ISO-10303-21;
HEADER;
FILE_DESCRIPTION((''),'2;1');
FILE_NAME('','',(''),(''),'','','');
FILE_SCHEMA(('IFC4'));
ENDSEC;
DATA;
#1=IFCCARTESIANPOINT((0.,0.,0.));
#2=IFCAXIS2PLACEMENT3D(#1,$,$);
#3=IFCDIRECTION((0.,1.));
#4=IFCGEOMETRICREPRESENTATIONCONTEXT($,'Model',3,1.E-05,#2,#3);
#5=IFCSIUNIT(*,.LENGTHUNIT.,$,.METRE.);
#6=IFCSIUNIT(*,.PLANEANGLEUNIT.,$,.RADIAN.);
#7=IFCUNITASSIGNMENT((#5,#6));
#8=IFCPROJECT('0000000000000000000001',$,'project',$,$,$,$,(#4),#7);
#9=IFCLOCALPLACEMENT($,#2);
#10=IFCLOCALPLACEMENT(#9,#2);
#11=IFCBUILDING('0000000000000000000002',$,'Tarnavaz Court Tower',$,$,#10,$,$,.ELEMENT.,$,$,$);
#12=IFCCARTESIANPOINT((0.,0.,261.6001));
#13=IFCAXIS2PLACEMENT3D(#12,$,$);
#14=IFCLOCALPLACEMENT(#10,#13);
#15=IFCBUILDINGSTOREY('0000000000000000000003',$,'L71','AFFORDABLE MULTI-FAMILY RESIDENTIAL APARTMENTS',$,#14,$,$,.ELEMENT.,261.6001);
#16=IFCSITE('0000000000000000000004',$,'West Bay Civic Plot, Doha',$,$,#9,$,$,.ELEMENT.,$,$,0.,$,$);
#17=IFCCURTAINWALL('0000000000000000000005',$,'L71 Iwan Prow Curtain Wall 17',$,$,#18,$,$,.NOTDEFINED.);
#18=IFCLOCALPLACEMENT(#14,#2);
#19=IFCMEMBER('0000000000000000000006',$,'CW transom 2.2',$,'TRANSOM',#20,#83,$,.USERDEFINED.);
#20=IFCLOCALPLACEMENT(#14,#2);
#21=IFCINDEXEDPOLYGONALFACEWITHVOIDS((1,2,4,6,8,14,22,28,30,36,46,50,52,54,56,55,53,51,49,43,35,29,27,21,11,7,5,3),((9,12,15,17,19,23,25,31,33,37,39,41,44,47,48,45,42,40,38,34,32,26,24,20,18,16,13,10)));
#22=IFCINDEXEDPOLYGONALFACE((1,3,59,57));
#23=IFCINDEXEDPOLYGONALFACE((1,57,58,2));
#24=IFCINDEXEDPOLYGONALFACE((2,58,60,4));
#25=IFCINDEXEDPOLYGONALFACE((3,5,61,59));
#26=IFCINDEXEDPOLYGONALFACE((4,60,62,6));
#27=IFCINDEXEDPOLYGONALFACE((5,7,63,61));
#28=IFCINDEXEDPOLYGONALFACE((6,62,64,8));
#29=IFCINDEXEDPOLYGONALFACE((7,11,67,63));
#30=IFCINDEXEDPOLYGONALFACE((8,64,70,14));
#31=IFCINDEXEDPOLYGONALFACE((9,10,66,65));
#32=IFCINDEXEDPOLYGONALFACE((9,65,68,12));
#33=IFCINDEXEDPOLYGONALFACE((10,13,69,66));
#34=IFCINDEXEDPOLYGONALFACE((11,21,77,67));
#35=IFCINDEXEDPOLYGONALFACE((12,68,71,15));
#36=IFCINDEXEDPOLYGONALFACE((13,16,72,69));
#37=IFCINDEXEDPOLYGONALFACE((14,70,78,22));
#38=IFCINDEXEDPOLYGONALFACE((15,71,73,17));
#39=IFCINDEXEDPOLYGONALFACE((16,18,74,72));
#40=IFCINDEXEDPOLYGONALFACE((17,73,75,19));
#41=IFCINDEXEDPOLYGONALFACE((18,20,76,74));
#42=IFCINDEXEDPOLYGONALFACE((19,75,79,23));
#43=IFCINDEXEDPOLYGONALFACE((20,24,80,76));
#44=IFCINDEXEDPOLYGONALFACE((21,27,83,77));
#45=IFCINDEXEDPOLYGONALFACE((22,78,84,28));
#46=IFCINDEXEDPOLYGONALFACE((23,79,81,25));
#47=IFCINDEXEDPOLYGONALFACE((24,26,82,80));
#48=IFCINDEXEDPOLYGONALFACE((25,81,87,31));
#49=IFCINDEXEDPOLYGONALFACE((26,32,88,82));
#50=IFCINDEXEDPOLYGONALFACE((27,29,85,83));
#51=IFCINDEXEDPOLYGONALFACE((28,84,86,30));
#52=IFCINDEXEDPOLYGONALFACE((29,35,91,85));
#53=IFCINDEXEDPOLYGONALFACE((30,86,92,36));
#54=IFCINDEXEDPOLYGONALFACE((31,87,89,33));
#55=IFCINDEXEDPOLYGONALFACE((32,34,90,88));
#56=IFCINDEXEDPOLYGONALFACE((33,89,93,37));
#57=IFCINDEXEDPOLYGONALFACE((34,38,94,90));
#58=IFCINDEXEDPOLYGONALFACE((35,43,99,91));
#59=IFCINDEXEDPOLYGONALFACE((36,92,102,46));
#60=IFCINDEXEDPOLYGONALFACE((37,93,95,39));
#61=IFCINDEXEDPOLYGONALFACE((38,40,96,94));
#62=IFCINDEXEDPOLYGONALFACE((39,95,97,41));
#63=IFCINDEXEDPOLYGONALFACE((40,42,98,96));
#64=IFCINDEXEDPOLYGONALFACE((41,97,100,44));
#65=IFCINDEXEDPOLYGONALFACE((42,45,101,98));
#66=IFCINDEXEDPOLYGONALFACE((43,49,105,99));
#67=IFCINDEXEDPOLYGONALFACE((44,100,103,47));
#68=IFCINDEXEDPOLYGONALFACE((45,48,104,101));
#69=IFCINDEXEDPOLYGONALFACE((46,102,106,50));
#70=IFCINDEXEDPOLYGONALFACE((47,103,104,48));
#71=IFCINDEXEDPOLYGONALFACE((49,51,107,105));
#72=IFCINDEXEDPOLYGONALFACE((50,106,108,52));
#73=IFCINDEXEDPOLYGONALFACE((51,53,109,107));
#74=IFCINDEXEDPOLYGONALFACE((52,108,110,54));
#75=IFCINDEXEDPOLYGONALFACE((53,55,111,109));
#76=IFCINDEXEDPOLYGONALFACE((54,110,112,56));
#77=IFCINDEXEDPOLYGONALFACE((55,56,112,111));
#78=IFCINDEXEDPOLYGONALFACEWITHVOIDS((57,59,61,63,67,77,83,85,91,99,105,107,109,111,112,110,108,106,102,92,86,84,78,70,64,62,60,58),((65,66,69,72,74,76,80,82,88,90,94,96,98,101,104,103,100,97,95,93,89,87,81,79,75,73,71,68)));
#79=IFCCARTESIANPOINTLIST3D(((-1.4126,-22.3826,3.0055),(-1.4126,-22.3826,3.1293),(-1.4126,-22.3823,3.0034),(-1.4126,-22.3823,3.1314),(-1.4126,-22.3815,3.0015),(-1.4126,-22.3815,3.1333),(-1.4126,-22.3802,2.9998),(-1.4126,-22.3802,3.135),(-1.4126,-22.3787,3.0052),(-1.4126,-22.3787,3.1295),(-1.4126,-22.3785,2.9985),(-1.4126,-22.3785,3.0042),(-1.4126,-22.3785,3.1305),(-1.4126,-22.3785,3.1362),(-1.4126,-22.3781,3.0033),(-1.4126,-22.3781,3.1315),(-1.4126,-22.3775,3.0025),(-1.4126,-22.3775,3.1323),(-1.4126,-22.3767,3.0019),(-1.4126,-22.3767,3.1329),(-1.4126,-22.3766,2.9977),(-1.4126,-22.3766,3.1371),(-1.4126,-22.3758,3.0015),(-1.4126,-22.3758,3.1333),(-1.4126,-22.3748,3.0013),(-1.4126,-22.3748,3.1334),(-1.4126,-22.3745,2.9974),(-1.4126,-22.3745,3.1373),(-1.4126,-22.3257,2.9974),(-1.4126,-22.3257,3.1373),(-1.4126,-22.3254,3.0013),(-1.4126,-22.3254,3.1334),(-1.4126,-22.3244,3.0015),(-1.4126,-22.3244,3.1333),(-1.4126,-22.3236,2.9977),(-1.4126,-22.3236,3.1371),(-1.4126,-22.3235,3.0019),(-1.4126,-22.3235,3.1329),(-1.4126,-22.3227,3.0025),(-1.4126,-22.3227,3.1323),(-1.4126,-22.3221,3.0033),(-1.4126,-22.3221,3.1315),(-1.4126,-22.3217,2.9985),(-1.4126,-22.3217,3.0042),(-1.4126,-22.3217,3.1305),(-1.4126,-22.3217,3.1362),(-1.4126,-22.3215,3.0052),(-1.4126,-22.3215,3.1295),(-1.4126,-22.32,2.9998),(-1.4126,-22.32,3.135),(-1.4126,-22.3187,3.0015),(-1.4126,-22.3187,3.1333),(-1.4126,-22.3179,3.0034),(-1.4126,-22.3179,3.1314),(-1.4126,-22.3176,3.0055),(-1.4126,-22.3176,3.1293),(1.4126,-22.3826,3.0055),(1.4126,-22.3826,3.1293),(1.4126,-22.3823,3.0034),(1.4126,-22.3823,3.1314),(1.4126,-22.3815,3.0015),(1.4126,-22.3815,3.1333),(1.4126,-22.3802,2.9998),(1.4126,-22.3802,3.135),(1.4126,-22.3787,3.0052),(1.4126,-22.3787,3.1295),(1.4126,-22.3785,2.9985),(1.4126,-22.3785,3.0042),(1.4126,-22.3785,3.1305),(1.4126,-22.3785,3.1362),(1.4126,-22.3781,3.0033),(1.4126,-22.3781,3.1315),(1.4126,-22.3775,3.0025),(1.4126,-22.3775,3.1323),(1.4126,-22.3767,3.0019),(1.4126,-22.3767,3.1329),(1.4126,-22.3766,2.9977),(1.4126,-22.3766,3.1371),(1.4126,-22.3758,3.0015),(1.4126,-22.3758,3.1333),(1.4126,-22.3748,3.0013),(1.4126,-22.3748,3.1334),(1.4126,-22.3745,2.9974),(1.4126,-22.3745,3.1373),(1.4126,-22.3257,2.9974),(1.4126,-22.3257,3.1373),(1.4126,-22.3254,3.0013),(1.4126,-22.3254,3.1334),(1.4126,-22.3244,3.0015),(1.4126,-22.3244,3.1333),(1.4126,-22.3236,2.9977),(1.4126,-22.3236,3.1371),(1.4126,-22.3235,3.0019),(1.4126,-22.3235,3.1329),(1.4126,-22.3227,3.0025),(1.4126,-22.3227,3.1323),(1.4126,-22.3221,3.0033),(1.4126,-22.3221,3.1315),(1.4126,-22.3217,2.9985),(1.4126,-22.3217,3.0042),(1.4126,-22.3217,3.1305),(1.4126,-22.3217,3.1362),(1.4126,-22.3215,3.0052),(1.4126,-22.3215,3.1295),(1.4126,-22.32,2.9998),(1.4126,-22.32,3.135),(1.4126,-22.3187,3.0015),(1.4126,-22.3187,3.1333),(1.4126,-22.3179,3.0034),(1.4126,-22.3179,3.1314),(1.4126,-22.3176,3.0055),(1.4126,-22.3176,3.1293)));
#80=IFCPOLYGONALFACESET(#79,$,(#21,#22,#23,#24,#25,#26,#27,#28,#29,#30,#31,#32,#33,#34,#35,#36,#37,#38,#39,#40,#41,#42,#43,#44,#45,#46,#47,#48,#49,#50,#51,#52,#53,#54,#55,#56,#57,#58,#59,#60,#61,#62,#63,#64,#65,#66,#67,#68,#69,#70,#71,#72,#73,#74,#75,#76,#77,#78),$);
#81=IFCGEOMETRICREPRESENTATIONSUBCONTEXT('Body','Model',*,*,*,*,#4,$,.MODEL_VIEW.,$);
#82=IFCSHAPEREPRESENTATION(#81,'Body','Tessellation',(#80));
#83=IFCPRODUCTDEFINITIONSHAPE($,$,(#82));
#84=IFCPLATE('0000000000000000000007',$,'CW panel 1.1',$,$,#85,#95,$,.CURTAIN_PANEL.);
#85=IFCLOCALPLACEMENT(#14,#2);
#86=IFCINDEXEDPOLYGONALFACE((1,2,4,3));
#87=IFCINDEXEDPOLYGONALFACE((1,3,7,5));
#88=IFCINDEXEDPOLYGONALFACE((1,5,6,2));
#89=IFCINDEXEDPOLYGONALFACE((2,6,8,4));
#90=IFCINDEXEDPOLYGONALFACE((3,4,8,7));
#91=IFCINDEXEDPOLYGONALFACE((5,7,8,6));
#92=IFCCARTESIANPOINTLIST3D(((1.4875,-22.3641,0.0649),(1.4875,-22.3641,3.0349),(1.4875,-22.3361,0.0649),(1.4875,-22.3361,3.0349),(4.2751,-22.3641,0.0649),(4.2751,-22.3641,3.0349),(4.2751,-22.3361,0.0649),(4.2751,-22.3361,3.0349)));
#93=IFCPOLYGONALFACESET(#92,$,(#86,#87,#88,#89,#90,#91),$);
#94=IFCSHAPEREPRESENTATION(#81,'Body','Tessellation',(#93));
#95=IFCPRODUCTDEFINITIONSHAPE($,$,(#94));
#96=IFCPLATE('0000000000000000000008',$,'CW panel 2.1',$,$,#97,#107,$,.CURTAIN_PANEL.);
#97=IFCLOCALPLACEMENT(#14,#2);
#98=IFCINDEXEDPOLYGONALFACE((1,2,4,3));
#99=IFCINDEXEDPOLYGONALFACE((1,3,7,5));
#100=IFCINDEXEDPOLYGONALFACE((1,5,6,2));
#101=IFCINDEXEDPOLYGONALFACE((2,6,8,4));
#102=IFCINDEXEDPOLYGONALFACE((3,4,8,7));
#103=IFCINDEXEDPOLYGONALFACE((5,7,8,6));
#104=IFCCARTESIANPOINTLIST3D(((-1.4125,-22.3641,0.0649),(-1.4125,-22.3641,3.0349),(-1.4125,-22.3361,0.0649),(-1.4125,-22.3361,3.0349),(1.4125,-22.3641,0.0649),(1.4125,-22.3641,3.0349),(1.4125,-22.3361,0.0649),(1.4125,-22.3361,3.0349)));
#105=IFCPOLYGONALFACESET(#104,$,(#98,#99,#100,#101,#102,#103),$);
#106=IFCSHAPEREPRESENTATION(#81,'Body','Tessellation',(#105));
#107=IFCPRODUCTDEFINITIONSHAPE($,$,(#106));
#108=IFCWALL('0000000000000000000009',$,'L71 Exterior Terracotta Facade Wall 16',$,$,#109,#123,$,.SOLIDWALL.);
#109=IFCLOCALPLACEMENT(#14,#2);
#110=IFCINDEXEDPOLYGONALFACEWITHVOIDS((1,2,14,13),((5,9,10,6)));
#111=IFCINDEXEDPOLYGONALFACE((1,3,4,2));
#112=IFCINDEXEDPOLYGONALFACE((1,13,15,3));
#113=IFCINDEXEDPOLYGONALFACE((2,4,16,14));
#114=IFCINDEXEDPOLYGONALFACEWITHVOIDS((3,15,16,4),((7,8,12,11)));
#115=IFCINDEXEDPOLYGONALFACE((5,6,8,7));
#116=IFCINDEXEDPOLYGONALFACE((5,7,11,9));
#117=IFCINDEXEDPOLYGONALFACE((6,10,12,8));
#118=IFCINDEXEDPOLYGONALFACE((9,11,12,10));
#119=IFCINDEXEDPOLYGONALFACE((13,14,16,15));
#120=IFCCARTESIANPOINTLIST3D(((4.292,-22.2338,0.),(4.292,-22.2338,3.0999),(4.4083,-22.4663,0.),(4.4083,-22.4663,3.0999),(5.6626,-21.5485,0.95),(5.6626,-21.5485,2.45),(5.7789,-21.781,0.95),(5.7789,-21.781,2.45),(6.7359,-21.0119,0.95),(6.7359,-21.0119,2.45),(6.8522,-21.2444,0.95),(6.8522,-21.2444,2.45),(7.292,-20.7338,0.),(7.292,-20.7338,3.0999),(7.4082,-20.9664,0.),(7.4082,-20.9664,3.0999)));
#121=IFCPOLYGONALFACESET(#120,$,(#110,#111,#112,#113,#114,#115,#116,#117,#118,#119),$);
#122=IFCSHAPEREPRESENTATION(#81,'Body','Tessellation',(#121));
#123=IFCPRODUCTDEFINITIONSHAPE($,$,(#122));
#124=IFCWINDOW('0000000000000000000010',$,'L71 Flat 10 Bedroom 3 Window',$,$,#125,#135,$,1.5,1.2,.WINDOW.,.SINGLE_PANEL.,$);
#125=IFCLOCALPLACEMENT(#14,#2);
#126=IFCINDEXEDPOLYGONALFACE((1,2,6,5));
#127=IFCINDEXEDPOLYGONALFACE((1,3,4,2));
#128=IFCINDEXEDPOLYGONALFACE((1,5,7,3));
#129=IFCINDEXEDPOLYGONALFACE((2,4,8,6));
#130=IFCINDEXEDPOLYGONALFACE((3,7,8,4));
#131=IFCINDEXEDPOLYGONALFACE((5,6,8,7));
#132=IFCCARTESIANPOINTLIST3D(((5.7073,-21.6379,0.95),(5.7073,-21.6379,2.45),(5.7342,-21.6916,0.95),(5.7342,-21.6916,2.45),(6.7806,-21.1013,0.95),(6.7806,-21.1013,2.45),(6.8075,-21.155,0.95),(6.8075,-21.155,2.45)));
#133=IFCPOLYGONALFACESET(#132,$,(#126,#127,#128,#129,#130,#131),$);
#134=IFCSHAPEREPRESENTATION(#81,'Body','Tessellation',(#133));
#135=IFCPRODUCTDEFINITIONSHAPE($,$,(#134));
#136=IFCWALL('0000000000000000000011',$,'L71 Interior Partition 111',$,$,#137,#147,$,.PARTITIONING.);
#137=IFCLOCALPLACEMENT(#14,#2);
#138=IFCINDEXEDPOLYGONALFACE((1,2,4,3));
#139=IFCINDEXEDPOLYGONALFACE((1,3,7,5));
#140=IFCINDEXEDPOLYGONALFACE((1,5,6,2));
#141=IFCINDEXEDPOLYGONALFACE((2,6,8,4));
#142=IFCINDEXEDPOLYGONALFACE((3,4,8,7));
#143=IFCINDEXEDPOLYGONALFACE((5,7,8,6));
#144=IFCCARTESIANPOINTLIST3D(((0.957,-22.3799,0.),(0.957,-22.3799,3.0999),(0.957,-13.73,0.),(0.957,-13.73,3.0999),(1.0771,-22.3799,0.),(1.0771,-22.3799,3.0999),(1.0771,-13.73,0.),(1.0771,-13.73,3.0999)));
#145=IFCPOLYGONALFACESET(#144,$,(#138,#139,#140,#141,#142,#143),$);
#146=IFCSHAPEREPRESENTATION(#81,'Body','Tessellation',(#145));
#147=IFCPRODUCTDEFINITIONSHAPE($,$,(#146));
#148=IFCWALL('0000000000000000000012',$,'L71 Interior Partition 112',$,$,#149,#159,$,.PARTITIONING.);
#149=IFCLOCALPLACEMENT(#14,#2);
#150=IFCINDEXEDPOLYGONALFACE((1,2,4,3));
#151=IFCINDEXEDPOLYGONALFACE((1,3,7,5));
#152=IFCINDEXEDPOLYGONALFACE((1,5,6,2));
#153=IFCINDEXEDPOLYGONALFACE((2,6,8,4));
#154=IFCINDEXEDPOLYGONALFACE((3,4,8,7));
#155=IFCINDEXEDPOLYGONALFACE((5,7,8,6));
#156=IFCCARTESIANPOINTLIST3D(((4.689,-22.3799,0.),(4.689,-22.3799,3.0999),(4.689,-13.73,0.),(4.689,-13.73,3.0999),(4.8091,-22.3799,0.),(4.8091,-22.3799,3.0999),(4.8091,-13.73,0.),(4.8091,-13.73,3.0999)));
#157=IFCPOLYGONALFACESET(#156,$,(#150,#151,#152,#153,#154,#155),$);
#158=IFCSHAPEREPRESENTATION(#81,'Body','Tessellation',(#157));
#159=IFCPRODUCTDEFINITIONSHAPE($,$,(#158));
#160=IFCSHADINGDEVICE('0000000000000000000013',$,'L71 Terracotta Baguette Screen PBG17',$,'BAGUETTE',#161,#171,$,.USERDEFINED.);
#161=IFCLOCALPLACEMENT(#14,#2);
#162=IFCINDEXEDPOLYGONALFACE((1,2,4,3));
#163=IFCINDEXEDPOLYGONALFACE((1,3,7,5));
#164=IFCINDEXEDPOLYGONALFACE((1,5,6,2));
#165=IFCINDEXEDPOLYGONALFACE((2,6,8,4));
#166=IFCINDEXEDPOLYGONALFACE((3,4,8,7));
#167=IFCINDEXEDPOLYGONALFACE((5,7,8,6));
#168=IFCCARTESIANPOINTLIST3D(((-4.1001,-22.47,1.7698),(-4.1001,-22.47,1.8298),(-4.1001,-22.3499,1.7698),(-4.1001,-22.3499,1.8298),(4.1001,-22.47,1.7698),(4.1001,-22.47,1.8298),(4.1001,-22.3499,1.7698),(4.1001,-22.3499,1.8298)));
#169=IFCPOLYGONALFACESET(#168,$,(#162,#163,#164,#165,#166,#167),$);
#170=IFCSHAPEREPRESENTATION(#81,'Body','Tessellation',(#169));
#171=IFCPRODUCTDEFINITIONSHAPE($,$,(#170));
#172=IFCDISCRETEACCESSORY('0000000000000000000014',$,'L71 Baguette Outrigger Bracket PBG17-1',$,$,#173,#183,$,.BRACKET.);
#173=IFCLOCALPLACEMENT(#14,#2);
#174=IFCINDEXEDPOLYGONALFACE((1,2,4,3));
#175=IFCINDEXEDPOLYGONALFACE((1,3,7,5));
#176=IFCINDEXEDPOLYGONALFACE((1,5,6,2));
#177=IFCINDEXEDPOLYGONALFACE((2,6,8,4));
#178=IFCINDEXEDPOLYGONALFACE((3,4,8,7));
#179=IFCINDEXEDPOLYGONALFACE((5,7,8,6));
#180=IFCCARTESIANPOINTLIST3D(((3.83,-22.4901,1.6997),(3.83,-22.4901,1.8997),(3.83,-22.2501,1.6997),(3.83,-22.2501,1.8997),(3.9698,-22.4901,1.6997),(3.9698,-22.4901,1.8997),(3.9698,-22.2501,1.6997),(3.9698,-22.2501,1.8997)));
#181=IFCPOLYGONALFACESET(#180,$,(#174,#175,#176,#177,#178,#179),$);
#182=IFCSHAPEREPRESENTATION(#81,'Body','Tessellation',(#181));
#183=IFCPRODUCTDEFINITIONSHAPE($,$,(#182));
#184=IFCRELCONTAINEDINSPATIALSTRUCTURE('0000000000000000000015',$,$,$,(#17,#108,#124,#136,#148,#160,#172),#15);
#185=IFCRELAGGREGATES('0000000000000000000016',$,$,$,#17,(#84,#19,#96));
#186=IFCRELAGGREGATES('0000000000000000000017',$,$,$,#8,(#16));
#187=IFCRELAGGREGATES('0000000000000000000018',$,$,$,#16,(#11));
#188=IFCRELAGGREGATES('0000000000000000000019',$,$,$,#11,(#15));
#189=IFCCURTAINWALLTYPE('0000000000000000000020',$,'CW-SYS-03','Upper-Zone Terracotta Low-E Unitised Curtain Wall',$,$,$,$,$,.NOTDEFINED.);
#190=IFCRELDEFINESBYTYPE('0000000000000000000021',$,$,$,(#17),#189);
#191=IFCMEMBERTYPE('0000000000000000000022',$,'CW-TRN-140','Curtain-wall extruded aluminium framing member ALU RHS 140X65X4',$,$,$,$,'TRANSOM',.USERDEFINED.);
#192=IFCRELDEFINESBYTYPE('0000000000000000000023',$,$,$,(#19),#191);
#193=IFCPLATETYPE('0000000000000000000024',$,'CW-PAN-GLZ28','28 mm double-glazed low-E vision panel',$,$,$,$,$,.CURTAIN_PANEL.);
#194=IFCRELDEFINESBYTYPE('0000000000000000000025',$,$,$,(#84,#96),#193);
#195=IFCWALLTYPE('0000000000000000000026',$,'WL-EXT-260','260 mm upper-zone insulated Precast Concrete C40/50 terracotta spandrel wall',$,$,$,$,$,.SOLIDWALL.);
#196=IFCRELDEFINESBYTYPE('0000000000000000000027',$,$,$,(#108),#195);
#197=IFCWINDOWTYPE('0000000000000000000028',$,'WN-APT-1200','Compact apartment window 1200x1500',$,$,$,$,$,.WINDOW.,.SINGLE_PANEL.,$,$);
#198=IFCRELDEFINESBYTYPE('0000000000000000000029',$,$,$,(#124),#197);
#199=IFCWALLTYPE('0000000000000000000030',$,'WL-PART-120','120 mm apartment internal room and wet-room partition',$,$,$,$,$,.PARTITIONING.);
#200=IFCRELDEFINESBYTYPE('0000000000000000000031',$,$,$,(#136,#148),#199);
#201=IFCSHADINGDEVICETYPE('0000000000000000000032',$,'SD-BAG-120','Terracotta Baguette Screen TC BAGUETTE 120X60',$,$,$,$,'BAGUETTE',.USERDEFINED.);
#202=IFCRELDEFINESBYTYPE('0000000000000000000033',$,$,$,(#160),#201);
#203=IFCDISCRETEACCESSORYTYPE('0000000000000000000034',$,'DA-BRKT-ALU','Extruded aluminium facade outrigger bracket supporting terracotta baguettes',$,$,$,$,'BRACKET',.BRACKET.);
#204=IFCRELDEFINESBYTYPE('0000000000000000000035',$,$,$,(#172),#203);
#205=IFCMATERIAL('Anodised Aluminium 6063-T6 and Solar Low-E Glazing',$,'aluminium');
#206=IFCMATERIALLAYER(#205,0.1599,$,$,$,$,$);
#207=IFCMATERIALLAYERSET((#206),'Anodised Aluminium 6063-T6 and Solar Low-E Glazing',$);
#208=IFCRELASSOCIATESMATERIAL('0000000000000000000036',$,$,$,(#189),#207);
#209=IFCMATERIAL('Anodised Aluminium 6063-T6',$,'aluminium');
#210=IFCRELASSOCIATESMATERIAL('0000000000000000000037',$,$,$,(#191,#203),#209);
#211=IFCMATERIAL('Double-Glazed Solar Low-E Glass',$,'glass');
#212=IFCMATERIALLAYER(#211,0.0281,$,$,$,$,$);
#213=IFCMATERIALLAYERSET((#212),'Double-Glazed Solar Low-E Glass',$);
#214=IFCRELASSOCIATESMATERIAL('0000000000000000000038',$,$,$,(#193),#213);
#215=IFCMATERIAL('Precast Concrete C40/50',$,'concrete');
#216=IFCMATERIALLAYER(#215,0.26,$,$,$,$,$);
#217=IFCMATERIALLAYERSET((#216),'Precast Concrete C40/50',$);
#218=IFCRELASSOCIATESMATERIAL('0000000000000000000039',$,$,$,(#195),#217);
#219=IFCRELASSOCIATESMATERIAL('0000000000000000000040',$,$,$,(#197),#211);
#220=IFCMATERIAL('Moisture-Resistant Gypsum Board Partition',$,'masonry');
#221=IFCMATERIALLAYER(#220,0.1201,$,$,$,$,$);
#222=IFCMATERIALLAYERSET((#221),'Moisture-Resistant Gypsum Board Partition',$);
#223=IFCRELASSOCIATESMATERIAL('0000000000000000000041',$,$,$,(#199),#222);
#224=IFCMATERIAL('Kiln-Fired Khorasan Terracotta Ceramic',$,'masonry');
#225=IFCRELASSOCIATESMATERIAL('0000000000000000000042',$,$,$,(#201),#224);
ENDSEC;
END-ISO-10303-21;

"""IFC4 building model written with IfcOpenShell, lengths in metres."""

from ifc_helpers import new_model, si_unit, direction, frame, frame_2d, origin, origin_2d, place, context, subcontext, project, spatial, rectangle, hollow_rectangle, extrude, material, layer, layer_set, material_profile, profile_set, type_object, element, fill, aggregate, save


model = new_model("IFC4")

# Units and contexts
model_context = context("Model", 3, precision=1e-05, world=origin(), true_north=direction((0.0, 1.0)))
body_context = subcontext(model_context, "Body", "Model", "MODEL_VIEW")
ifc_project = project(units=[si_unit("LENGTHUNIT", "METRE"), si_unit("PLANEANGLEUNIT", "RADIAN")], contexts=[model_context])

# Site, building, storey
site_placement = place(None, origin())
site = spatial("IfcSite", under=ifc_project, at=site_placement, Name="West Bay Civic Plot, Doha", CompositionType="ELEMENT", RefElevation=0.0)
building_placement = place(site_placement, origin())
building = spatial("IfcBuilding", under=site, at=building_placement, Name="Tarnavaz Court Tower", CompositionType="ELEMENT")
storey_placement = place(building_placement, frame((0.0, 0.0, 261.6001)))
storey = spatial("IfcBuildingStorey", under=building, at=storey_placement, Name="L71", Description="AFFORDABLE MULTI-FAMILY RESIDENTIAL APARTMENTS", CompositionType="ELEMENT", Elevation=261.6001)

# Curtain wall, member, plates
ifc_material_1 = material(Name="Anodised Aluminium 6063-T6 and Solar Low-E Glazing", Category="aluminium")
ifc_layer_1 = layer(ifc_material_1, 0.1599)
ifc_layer_set_1 = layer_set([ifc_layer_1], Name="Anodised Aluminium 6063-T6 and Solar Low-E Glazing")
curtain_wall_type = type_object("IfcCurtainWallType", Name="CW-SYS-03", Description="Upper-Zone Terracotta Low-E Unitised Curtain Wall", PredefinedType="NOTDEFINED", material=ifc_layer_set_1)
curtain_wall_placement = place(storey_placement, origin())
curtain_wall = element("IfcCurtainWall", 1, at=curtain_wall_placement, inside=storey, type_object=curtain_wall_type, Name="L71 Iwan Prow Curtain Wall 17", PredefinedType="NOTDEFINED")
ifc_material_2 = material(Name="Anodised Aluminium 6063-T6", Category="aluminium")
ifc_material_profile_1 = material_profile(ifc_material_2, hollow_rectangle(XDim=0.0649, YDim=0.1399, WallThickness=0.0039, InnerFilletRadius=0.0039, OuterFilletRadius=0.0081, at=origin_2d()), Name="ALU RHS 140X65X4")
ifc_profile_set_1 = profile_set([ifc_material_profile_1], Name="Anodised Aluminium 6063-T6")
member_type_1 = type_object("IfcMemberType", Name="CW-TRN-140", Description="Curtain-wall extruded aluminium framing member ALU RHS 140X65X4", ElementType="TRANSOM", PredefinedType="USERDEFINED", material=ifc_profile_set_1)
member_1_placement = place(storey_placement, frame((1.4126, -22.3501, 3.0674), z_axis=(-1.0, 0.0, 0.0), x_axis=(0.0, -1.0, 0.0)))
member_1 = element("IfcMember", 2, at=member_1_placement, type_object=member_type_1, Name="CW transom 2.2", ObjectType="TRANSOM", PredefinedType="USERDEFINED", context=body_context, shape_type="SweptSolid", body=[
    extrude(hollow_rectangle(XDim=0.0649, YDim=0.1399, WallThickness=0.0039, InnerFilletRadius=0.0039, OuterFilletRadius=0.0081, at=origin_2d()), origin(), (0.0, 0.0, 1.0), 2.8252),
])
ifc_material_3 = material(Name="Double-Glazed Solar Low-E Glass", Category="glass")
ifc_layer_2 = layer(ifc_material_3, 0.0281)
ifc_layer_set_2 = layer_set([ifc_layer_2], Name="Double-Glazed Solar Low-E Glass")
plate_type = type_object("IfcPlateType", Name="CW-PAN-GLZ28", Description="28 mm double-glazed low-E vision panel", PredefinedType="CURTAIN_PANEL", material=ifc_layer_set_2)
plate_1_placement = place(storey_placement, frame((2.8813, -22.3501, 0.0649), z_axis=(0.0, 0.0, 1.0), x_axis=(-1.0, 0.0, 0.0)))
plate_1 = element("IfcPlate", 3, at=plate_1_placement, type_object=plate_type, Name="CW panel 1.1", PredefinedType="CURTAIN_PANEL", context=body_context, shape_type="SweptSolid", body=[
    extrude(rectangle(XDim=2.7876, YDim=0.0281, at=origin_2d()), origin(), (0.0, 0.0, 1.0), 2.97),
])
plate_2_placement = place(storey_placement, frame((0.0, -22.3501, 0.0649), z_axis=(0.0, 0.0, 1.0), x_axis=(-1.0, 0.0, 0.0)))
plate_2 = element("IfcPlate", 4, at=plate_2_placement, type_object=plate_type, Name="CW panel 2.1", PredefinedType="CURTAIN_PANEL", context=body_context, shape_type="SweptSolid", body=[
    extrude(rectangle(XDim=2.825, YDim=0.0281, at=origin_2d()), origin(), (0.0, 0.0, 1.0), 2.97),
])
aggregate(curtain_wall, [plate_1, member_1, plate_2])

# Wall, opening, window
ifc_material_4 = material(Name="Precast Concrete C40/50", Category="concrete")
ifc_layer_3 = layer(ifc_material_4, 0.26)
ifc_layer_set_3 = layer_set([ifc_layer_3], Name="Precast Concrete C40/50")
wall_type_1 = type_object("IfcWallType", Name="WL-EXT-260", Description="260 mm upper-zone insulated Precast Concrete C40/50 terracotta spandrel wall", PredefinedType="SOLIDWALL", material=ifc_layer_set_3)
wall_placement = place(storey_placement, frame((7.3501, -20.8501, 0.0), z_axis=(0.0, 0.0, 1.0), x_axis=(-0.894427, -0.447214, 0.0)))
wall = element("IfcWall", 5, at=wall_placement, inside=storey, type_object=wall_type_1, Name="L71 Exterior Terracotta Facade Wall 16", PredefinedType="SOLIDWALL", context=body_context, shape_type="SweptSolid", body=[
    extrude(rectangle(XDim=3.354, YDim=0.26, at=frame_2d((1.677, 0.0))), origin(), (0.0, 0.0, 1.0), 3.0999),
])
opening_placement = place(wall_placement, frame((0.6216, 0.0, 0.95)))
opening = element("IfcOpeningElement", 6, at=opening_placement, cuts=wall, PredefinedType="OPENING", context=body_context, shape_type="SweptSolid", body=[
    extrude(rectangle(XDim=1.2, YDim=1.5, at=frame_2d((0.6001, 0.75))), frame((0.0, 0.1399, 0.0), z_axis=(0.0, -1.0, 0.0), x_axis=(1.0, 0.0, 0.0)), (0.0, 0.0, 1.0), 0.28),
])
window_type = type_object("IfcWindowType", Name="WN-APT-1200", Description="Compact apartment window 1200x1500", PartitioningType="SINGLE_PANEL", PredefinedType="WINDOW", material=ifc_material_3)
window_placement = place(opening_placement, origin())
window = element("IfcWindow", 7, at=window_placement, inside=storey, type_object=window_type, Name="L71 Flat 10 Bedroom 3 Window", OverallHeight=1.5, OverallWidth=1.2, PartitioningType="SINGLE_PANEL", PredefinedType="WINDOW", context=body_context, shape_type="SweptSolid", body=[
    extrude(rectangle(XDim=1.2, YDim=1.5, at=frame_2d((0.6001, 0.75))), frame((0.0, 0.03, 0.0), z_axis=(0.0, -1.0, 0.0), x_axis=(1.0, 0.0, 0.0)), (0.0, 0.0, 1.0), 0.0601),
])
fill(opening, window)

# Walls
ifc_material_5 = material(Name="Moisture-Resistant Gypsum Board Partition", Category="masonry")
ifc_layer_4 = layer(ifc_material_5, 0.1201)
ifc_layer_set_4 = layer_set([ifc_layer_4], Name="Moisture-Resistant Gypsum Board Partition")
wall_type_2 = type_object("IfcWallType", Name="WL-PART-120", Description="120 mm apartment internal room and wet-room partition", PredefinedType="PARTITIONING", material=ifc_layer_set_4)
for number, where, z_axis, x_axis, name in (
    (8, (1.0171, -22.3799, 0.0), (0.0, 0.0, 1.0), (0.0, 1.0, 0.0), "L71 Interior Partition 111"),
    (9, (4.749, -22.3799, 0.0), (0.0, 0.0, 1.0), (0.0, 1.0, 0.0), "L71 Interior Partition 112"),
):
    element("IfcWall", number, at=place(storey_placement, frame(where, z_axis=z_axis, x_axis=x_axis)), inside=storey, type_object=wall_type_2, Name=name, PredefinedType="PARTITIONING", context=body_context, shape_type="SweptSolid", body=[
        extrude(rectangle(XDim=8.6499, YDim=0.1201, at=frame_2d((4.325, 0.0))), origin(), (0.0, 0.0, 1.0), 3.0999),
    ])

# Shading device
ifc_material_6 = material(Name="Kiln-Fired Khorasan Terracotta Ceramic", Category="masonry")
ifc_material_profile_2 = material_profile(ifc_material_6, rectangle(XDim=0.1201, YDim=0.0601, at=origin_2d()), Name="TC BAGUETTE 120X60")
ifc_profile_set_2 = profile_set([ifc_material_profile_2], Name="Kiln-Fired Khorasan Terracotta Ceramic")
shading_device_type = type_object("IfcShadingDeviceType", Name="SD-BAG-120", Description="Terracotta Baguette Screen TC BAGUETTE 120X60", ElementType="BAGUETTE", PredefinedType="USERDEFINED", material=ifc_profile_set_2)
shading_device_placement = place(storey_placement, frame((4.1001, -22.4099, 1.7998), z_axis=(-1.0, 0.0, 0.0), x_axis=(0.0, -1.0, 0.0)))
element("IfcShadingDevice", 10, at=shading_device_placement, inside=storey, type_object=shading_device_type, Name="L71 Terracotta Baguette Screen PBG17", ObjectType="BAGUETTE", PredefinedType="USERDEFINED", context=body_context, shape_type="SweptSolid", body=[
    extrude(rectangle(XDim=0.1201, YDim=0.0601, at=origin_2d()), origin(), (0.0, 0.0, 1.0), 8.2002),
])

# Discrete accessory
discrete_accessory_type = type_object("IfcDiscreteAccessoryType", Name="DA-BRKT-ALU", Description="Extruded aluminium facade outrigger bracket supporting terracotta baguettes", ElementType="BRACKET", PredefinedType="BRACKET", material=ifc_material_2)
discrete_accessory_placement = place(storey_placement, frame((3.8999, -22.3701, 1.6997), z_axis=(0.0, 0.0, 1.0), x_axis=(-1.0, 0.0, 0.0)))
element("IfcDiscreteAccessory", 11, at=discrete_accessory_placement, inside=storey, type_object=discrete_accessory_type, Name="L71 Baguette Outrigger Bracket PBG17-1", PredefinedType="BRACKET", context=body_context, shape_type="SweptSolid", body=[
    extrude(rectangle(XDim=0.1399, YDim=0.24, at=origin_2d()), origin(), (0.0, 0.0, 1.0), 0.2),
])

save(model, "model.ifc")
